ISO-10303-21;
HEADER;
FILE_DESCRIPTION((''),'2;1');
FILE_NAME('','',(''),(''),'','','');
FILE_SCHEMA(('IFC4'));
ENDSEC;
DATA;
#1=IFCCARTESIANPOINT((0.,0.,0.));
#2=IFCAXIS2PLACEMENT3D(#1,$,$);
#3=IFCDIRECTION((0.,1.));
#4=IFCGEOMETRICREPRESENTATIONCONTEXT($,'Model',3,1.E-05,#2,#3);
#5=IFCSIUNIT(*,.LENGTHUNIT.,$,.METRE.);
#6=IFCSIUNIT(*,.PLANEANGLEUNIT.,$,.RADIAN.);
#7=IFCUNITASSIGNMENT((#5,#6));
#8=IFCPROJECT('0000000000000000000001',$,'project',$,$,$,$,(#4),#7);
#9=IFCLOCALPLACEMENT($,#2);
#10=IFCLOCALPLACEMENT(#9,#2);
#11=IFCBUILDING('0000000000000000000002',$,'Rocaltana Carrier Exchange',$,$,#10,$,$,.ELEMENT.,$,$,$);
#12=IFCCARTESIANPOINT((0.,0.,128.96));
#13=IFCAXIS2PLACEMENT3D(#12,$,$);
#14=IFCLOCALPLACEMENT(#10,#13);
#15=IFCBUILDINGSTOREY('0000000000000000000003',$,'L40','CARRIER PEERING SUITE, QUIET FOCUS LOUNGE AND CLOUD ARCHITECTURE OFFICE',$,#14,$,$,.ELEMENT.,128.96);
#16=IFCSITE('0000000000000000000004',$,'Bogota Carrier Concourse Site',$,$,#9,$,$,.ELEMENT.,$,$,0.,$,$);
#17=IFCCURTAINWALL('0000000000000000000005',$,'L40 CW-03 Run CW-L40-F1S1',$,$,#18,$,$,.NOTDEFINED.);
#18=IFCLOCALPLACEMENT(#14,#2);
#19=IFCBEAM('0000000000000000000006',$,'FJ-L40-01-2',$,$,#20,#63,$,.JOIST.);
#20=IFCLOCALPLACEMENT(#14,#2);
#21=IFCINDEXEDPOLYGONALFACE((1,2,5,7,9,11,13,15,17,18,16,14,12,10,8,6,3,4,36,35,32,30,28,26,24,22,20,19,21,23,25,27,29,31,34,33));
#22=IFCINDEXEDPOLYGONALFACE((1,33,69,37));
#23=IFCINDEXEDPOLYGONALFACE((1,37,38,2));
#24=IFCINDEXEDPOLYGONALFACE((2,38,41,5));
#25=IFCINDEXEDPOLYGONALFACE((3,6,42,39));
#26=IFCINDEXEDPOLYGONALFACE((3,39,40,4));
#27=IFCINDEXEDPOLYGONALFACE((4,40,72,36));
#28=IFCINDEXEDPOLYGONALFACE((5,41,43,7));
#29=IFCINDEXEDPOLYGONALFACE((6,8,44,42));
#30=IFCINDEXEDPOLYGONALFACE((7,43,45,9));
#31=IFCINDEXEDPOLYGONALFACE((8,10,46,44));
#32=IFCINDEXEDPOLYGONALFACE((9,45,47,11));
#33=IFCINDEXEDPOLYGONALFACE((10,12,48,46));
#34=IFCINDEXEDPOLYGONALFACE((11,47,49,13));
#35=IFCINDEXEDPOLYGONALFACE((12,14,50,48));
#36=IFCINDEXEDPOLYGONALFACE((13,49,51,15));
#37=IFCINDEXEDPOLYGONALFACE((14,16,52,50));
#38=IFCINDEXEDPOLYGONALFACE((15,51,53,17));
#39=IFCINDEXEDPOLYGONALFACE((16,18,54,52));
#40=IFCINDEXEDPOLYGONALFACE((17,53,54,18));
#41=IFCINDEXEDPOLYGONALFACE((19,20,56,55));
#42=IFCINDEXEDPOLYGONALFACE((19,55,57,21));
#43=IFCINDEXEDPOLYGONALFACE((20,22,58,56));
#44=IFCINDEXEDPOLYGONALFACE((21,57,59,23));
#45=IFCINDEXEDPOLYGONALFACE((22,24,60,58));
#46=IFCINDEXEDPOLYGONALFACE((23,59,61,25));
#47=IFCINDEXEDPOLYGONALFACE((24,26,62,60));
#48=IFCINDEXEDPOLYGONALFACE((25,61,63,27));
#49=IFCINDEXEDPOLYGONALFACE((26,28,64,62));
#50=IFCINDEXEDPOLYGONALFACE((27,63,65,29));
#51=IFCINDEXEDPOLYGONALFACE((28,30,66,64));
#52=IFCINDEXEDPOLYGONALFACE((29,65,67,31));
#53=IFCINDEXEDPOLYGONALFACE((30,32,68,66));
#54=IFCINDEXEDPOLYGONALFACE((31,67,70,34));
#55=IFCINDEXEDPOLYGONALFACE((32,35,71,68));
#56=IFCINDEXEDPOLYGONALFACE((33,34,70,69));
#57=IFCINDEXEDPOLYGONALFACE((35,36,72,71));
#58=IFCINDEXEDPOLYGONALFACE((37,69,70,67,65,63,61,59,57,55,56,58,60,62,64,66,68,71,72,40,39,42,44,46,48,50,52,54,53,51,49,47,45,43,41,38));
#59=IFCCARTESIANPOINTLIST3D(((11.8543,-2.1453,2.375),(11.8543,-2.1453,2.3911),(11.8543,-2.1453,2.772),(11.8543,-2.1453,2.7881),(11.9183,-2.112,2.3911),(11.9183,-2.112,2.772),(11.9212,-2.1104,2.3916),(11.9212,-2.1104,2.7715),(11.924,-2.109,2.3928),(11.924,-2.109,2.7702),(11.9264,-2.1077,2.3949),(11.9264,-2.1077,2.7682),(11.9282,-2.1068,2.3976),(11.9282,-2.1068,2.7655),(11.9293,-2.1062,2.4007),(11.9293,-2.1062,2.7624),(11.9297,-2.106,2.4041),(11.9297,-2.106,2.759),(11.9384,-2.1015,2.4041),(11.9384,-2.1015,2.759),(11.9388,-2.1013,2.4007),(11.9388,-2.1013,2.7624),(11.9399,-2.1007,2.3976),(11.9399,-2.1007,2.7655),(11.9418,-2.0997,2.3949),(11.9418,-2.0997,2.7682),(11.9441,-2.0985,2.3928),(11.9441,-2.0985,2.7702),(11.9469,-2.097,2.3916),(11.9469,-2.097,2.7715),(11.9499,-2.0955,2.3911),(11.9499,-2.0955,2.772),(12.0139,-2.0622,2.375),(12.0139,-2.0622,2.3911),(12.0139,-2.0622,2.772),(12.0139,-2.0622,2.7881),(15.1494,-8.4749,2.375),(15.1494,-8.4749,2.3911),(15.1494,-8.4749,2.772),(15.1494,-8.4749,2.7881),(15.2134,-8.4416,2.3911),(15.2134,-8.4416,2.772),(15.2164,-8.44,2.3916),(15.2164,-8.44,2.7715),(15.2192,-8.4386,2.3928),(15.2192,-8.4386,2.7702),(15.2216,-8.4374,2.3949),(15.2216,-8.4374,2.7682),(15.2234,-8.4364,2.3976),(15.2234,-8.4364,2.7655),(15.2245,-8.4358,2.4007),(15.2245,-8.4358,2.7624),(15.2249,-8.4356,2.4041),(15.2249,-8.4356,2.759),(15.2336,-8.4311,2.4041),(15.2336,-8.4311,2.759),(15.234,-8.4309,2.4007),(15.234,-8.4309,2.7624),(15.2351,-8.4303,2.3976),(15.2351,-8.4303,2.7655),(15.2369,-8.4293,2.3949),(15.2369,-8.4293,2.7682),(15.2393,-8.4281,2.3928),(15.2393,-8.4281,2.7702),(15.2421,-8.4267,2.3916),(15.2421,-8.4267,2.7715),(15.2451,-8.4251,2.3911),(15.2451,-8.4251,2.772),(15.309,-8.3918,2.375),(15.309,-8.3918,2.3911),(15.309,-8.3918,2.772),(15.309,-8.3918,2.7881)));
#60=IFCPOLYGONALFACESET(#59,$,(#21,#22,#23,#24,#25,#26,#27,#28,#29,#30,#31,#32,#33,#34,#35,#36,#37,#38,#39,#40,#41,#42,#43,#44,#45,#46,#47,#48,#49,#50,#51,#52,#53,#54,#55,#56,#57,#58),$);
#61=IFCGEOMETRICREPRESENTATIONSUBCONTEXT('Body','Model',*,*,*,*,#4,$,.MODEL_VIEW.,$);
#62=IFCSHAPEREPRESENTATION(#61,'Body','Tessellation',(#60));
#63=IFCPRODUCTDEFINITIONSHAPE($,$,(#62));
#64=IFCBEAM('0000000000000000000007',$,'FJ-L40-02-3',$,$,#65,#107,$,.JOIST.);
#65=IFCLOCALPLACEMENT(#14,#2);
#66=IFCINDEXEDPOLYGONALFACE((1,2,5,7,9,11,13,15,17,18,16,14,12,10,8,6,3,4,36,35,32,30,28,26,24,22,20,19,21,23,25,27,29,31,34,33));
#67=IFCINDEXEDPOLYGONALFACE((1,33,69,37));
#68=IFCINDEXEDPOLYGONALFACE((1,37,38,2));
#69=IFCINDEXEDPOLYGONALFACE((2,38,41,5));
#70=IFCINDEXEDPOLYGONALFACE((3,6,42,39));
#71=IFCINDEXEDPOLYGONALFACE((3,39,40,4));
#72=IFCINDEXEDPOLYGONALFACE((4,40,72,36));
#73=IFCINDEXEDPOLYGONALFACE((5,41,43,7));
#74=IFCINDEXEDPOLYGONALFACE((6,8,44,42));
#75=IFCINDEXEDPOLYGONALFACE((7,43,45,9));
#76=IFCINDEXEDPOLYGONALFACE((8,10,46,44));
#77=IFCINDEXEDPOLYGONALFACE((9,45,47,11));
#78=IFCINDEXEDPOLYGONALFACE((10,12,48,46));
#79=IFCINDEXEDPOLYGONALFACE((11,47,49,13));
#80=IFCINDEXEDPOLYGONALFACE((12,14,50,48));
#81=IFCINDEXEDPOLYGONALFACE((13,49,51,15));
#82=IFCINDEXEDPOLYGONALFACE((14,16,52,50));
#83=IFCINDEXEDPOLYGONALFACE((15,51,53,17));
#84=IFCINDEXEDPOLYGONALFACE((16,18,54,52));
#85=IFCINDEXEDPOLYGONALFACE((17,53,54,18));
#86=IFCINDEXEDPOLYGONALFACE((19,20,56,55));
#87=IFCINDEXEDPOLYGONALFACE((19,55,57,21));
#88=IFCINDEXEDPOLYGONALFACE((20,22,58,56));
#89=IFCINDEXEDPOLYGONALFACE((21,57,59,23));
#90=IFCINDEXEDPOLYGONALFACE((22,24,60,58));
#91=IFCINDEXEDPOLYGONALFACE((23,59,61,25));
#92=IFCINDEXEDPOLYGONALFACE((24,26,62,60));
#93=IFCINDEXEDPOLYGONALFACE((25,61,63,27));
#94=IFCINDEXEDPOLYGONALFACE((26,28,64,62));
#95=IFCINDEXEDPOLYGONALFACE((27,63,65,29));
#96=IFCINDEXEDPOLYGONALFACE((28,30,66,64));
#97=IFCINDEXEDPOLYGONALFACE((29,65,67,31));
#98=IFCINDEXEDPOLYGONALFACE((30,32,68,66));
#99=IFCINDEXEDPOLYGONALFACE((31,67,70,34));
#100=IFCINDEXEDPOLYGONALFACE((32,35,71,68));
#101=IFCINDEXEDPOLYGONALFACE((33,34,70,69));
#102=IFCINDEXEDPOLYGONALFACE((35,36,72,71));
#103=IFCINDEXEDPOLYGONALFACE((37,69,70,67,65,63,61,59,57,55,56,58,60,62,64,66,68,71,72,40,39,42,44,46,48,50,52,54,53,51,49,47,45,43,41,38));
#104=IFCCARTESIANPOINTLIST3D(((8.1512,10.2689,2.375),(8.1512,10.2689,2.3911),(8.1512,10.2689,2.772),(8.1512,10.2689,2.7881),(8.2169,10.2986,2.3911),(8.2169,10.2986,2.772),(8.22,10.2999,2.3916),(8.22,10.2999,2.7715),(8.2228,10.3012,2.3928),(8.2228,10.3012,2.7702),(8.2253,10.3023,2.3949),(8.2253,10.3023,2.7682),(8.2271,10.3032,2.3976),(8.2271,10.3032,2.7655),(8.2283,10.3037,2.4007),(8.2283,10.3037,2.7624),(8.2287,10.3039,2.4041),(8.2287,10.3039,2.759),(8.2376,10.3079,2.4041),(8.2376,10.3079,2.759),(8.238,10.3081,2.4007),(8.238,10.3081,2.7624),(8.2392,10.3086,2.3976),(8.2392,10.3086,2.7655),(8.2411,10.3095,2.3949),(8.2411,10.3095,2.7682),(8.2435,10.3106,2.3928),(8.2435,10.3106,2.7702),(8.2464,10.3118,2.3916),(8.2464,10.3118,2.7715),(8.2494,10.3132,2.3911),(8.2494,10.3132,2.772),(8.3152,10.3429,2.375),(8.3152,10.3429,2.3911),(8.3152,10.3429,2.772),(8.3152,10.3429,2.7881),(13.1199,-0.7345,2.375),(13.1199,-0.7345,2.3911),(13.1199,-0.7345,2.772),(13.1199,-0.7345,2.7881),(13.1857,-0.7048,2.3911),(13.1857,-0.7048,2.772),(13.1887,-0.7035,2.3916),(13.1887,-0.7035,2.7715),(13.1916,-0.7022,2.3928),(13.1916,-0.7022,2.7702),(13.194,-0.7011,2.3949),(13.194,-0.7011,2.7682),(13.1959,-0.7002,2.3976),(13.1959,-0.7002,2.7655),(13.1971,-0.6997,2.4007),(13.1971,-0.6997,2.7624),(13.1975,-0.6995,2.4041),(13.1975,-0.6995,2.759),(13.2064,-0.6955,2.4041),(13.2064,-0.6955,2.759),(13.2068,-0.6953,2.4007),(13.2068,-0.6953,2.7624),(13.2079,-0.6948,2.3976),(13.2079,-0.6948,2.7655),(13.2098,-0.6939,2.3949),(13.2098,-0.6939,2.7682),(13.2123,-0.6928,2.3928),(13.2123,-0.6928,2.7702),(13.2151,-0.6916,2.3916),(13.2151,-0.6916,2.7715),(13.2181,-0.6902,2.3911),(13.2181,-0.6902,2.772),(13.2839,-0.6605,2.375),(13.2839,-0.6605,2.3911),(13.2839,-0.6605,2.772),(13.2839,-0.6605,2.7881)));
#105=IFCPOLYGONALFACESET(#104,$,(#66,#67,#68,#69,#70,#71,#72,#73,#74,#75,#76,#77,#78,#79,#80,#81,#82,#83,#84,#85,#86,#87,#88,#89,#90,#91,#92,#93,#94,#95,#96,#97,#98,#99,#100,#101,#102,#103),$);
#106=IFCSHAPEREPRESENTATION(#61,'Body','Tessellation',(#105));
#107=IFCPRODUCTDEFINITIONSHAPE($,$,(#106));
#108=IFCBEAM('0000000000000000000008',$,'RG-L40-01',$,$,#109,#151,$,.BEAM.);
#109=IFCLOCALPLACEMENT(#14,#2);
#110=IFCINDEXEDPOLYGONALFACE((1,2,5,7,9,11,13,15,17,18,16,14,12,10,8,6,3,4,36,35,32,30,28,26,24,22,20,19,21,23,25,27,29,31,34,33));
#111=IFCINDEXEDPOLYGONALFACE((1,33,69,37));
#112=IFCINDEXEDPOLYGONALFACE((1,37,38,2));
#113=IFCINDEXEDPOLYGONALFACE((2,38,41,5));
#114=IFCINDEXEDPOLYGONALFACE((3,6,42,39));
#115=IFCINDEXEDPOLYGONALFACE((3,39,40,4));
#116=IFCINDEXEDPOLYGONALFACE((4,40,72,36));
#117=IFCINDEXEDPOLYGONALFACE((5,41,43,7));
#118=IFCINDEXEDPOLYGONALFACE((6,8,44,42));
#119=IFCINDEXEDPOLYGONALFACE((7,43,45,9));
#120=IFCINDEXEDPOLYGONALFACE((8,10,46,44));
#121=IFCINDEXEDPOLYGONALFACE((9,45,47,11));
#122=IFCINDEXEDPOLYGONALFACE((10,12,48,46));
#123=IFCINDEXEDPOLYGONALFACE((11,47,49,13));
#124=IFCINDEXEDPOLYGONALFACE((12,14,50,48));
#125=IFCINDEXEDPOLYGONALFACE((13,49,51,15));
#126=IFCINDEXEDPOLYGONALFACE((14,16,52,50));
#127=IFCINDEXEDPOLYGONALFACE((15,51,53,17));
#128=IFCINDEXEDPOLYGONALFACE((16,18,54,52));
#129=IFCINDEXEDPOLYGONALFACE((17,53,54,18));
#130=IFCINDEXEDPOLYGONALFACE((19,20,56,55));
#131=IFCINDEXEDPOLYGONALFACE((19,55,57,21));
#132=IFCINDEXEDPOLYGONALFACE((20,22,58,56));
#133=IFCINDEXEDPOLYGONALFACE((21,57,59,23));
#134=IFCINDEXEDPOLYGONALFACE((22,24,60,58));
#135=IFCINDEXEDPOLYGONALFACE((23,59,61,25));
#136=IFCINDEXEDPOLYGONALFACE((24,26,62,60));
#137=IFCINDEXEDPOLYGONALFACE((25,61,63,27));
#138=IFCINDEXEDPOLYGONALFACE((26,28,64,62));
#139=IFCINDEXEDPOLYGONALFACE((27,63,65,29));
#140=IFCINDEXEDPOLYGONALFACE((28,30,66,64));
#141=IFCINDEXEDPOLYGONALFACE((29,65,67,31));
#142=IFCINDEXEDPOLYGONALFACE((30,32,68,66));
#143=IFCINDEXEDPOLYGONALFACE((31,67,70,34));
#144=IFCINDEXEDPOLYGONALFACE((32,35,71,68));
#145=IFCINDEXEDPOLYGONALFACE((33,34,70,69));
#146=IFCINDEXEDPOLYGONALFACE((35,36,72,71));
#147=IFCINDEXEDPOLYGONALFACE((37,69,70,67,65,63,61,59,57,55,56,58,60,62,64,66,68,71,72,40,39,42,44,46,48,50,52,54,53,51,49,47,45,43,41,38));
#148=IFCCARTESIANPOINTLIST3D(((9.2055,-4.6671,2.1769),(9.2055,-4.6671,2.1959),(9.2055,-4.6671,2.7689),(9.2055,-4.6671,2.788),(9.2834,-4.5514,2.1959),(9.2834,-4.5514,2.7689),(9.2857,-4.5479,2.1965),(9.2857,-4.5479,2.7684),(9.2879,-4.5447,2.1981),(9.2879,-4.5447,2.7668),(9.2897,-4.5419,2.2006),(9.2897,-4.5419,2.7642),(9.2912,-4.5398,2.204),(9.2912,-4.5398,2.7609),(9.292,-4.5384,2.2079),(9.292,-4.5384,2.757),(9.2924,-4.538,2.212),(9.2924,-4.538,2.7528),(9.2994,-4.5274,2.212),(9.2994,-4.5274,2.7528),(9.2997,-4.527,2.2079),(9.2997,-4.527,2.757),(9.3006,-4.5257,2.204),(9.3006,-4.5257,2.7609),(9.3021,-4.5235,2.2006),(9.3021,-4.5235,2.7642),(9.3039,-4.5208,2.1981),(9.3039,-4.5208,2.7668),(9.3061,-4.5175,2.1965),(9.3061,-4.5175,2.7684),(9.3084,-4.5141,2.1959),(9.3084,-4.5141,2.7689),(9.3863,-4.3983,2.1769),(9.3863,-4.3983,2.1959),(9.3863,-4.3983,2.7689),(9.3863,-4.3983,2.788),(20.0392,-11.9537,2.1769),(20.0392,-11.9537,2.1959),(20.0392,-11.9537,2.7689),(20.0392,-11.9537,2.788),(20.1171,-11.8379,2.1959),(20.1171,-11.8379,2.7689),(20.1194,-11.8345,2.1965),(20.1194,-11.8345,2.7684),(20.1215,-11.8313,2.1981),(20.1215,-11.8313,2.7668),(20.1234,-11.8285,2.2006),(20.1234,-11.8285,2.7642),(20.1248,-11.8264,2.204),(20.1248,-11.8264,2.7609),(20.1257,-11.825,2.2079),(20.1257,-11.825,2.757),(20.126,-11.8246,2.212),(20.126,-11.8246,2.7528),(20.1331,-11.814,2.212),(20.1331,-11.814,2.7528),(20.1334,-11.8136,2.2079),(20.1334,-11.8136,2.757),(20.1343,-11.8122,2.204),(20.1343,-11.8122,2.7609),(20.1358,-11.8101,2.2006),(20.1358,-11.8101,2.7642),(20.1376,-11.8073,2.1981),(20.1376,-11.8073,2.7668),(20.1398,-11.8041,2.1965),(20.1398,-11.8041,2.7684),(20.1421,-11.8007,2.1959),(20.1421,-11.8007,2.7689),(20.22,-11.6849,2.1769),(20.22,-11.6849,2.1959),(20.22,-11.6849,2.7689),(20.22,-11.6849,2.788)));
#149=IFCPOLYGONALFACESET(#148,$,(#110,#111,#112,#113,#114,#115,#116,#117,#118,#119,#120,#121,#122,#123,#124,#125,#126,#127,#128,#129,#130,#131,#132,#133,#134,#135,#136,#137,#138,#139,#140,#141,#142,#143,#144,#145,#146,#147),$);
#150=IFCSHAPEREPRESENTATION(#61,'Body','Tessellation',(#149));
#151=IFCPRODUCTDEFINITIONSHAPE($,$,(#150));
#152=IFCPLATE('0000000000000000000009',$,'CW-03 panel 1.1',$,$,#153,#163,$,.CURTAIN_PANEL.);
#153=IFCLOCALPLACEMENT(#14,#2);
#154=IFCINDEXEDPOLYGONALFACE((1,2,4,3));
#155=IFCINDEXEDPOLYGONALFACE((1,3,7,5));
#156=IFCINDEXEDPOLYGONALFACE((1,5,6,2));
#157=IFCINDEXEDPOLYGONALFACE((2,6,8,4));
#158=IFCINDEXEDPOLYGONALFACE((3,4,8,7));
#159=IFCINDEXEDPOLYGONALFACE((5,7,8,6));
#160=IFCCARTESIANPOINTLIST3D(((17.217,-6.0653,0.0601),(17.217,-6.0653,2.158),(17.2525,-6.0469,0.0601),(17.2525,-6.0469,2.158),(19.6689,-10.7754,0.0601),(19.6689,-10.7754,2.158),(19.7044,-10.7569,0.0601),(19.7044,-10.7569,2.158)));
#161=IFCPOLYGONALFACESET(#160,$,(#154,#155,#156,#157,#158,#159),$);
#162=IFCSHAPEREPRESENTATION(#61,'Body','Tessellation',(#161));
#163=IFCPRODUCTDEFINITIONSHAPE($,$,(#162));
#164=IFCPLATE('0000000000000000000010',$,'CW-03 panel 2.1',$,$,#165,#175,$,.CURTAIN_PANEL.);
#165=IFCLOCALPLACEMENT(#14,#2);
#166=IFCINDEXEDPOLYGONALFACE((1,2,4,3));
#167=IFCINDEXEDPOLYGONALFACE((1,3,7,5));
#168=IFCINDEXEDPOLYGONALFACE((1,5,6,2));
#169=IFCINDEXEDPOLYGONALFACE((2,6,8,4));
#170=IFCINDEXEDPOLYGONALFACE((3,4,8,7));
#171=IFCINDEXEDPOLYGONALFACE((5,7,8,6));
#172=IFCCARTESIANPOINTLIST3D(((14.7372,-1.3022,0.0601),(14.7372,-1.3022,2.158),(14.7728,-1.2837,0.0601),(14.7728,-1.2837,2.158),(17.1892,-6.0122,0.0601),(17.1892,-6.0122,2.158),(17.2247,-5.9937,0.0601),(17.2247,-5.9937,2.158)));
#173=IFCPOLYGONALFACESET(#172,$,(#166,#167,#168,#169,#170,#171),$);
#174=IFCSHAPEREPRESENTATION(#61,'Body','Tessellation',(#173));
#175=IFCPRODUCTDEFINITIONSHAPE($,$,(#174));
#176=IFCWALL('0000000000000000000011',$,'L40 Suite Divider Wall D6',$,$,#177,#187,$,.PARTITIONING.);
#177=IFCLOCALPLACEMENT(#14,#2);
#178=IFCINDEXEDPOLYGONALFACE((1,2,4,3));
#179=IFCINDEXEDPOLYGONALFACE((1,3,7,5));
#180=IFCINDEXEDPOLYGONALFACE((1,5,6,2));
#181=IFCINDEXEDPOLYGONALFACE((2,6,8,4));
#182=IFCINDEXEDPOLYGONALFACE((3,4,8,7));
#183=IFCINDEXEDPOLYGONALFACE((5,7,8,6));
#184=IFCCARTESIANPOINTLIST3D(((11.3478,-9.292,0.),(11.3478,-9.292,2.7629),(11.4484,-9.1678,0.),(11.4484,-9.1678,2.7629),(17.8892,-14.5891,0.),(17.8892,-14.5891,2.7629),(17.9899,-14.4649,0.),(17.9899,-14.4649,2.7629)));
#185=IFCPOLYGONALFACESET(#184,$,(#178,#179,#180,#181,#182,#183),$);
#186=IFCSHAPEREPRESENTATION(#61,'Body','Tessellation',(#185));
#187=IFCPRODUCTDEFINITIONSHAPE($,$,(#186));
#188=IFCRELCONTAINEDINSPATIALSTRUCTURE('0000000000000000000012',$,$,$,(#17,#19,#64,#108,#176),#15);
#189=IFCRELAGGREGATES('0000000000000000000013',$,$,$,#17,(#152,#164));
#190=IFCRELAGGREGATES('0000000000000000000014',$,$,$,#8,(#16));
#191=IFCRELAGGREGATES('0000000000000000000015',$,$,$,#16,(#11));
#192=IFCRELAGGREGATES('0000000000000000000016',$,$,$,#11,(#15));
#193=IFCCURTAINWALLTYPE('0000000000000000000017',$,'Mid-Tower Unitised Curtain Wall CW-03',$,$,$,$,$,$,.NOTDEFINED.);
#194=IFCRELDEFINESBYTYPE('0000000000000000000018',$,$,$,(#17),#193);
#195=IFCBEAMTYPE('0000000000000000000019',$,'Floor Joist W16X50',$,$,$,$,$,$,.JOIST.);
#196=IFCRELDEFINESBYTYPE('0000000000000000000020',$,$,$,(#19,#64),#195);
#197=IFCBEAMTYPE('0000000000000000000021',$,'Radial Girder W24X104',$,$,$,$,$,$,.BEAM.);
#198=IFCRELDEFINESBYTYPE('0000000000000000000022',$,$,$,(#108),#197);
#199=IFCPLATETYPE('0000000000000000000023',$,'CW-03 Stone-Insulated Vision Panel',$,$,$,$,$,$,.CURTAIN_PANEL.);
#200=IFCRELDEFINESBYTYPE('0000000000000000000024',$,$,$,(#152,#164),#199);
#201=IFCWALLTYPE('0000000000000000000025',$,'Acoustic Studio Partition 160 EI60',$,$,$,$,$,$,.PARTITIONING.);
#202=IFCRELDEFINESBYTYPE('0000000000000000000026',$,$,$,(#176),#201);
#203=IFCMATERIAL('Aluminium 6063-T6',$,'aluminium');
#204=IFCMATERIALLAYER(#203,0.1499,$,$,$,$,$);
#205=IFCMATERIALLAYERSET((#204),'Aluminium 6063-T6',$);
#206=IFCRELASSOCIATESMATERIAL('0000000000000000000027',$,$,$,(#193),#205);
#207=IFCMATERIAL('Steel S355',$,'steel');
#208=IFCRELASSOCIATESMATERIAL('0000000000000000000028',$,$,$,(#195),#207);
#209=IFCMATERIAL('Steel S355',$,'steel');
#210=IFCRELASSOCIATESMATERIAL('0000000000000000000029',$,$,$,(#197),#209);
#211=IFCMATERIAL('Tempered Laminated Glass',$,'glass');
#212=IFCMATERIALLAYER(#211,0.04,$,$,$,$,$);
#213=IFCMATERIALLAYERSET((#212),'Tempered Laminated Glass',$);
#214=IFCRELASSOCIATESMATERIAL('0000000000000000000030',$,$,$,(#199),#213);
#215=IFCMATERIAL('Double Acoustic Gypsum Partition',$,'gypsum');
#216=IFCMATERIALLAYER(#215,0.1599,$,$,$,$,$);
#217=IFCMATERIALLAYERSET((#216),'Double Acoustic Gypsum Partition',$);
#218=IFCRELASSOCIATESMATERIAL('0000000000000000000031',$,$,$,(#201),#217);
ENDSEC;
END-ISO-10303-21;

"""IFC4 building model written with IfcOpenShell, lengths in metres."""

from ifc_helpers import new_model, si_unit, direction, frame, frame_2d, origin, origin_2d, place, context, subcontext, project, spatial, rectangle, i_section, extrude, material, layer, layer_set, material_profile, profile_set, type_object, element, aggregate, save


model = new_model("IFC4")

# Units and contexts
model_context = context("Model", 3, precision=1e-05, world=origin(), true_north=direction((0.0, 1.0)))
body_context = subcontext(model_context, "Body", "Model", "MODEL_VIEW")
ifc_project = project(units=[si_unit("LENGTHUNIT", "METRE"), si_unit("PLANEANGLEUNIT", "RADIAN")], contexts=[model_context])

# Site, building, storey
site_placement = place(None, origin())
site = spatial("IfcSite", under=ifc_project, at=site_placement, Name="Bogota Carrier Concourse Site", CompositionType="ELEMENT", RefElevation=0.0)
building_placement = place(site_placement, origin())
building = spatial("IfcBuilding", under=site, at=building_placement, Name="Rocaltana Carrier Exchange", CompositionType="ELEMENT")
storey_placement = place(building_placement, frame((0.0, 0.0, 128.96)))
storey = spatial("IfcBuildingStorey", under=building, at=storey_placement, Name="L40", Description="CARRIER PEERING SUITE, QUIET FOCUS LOUNGE AND CLOUD ARCHITECTURE OFFICE", CompositionType="ELEMENT", Elevation=128.96)

# Curtain wall
ifc_material_1 = material(Name="Aluminium 6063-T6", Category="aluminium")
ifc_layer_1 = layer(ifc_material_1, 0.1499)
ifc_layer_set_1 = layer_set([ifc_layer_1], Name="Aluminium 6063-T6")
curtain_wall_type = type_object("IfcCurtainWallType", Name="Mid-Tower Unitised Curtain Wall CW-03", PredefinedType="NOTDEFINED", material=ifc_layer_set_1)
curtain_wall_placement = place(storey_placement, origin())
curtain_wall = element("IfcCurtainWall", 1, at=curtain_wall_placement, inside=storey, type_object=curtain_wall_type, Name="L40 CW-03 Run CW-L40-F1S1", PredefinedType="NOTDEFINED")

# Beams
ifc_material_2 = material(Name="Steel S355", Category="steel")
ifc_material_profile_1 = material_profile(ifc_material_2, i_section(OverallWidth=0.1799, OverallDepth=0.4131, WebThickness=0.0098, FlangeThickness=0.0161, FilletRadius=0.0129, at=origin_2d()), Name="W16X50")
ifc_profile_set_1 = profile_set([ifc_material_profile_1], Name="Steel S355")
beam_type_1 = type_object("IfcBeamType", Name="Floor Joist W16X50", PredefinedType="JOIST", material=ifc_profile_set_1)
beam_1_placement = place(storey_placement, frame((15.2292, -8.4333, 2.5815), z_axis=(-0.46177, 0.887, 0.0), x_axis=(-0.887, -0.46177, 0.0)))
element("IfcBeam", 2, at=beam_1_placement, inside=storey, type_object=beam_type_1, Name="FJ-L40-01-2", PredefinedType="JOIST", context=body_context, shape_type="SweptSolid", body=[
    extrude(i_section(OverallWidth=0.1799, OverallDepth=0.4131, WebThickness=0.0098, FlangeThickness=0.0161, FilletRadius=0.0129, at=origin_2d()), origin(), (0.0, 0.0, 1.0), 7.136),
])
beam_2_placement = place(storey_placement, frame((13.2019, -0.6975, 2.5815), z_axis=(-0.41155, 0.911387, 0.0), x_axis=(-0.911387, -0.41155, 0.0)))
element("IfcBeam", 3, at=beam_2_placement, inside=storey, type_object=beam_type_1, Name="FJ-L40-02-3", PredefinedType="JOIST", context=body_context, shape_type="SweptSolid", body=[
    extrude(i_section(OverallWidth=0.1799, OverallDepth=0.4131, WebThickness=0.0098, FlangeThickness=0.0161, FilletRadius=0.0129, at=origin_2d()), origin(), (0.0, 0.0, 1.0), 12.0732),
])
ifc_material_3 = material(Name="Steel S355", Category="steel")
ifc_material_profile_2 = material_profile(ifc_material_3, i_section(OverallWidth=0.324, OverallDepth=0.6111, WebThickness=0.0127, FlangeThickness=0.019, FilletRadius=0.0161, at=origin_2d()), Name="W24X104")
ifc_profile_set_2 = profile_set([ifc_material_profile_2], Name="Steel S355")
beam_type_2 = type_object("IfcBeamType", Name="Radial Girder W24X104", PredefinedType="BEAM", material=ifc_profile_set_2)
beam_3_placement = place(storey_placement, frame((9.2959, -4.5327, 2.4824), z_axis=(0.829776, -0.558096, 0.0), x_axis=(0.558096, 0.829776, 0.0)))
element("IfcBeam", 4, at=beam_3_placement, inside=storey, type_object=beam_type_2, Name="RG-L40-01", PredefinedType="BEAM", context=body_context, shape_type="SweptSolid", body=[
    extrude(i_section(OverallWidth=0.324, OverallDepth=0.6111, WebThickness=0.0127, FlangeThickness=0.019, FilletRadius=0.0161, at=origin_2d()), origin(), (0.0, 0.0, 1.0), 13.0562),
])

# Plates
ifc_material_4 = material(Name="Tempered Laminated Glass", Category="glass")
ifc_layer_2 = layer(ifc_material_4, 0.04)
ifc_layer_set_2 = layer_set([ifc_layer_2], Name="Tempered Laminated Glass")
plate_type = type_object("IfcPlateType", Name="CW-03 Stone-Insulated Vision Panel", PredefinedType="CURTAIN_PANEL", material=ifc_layer_set_2)
plate_1_placement = place(storey_placement, frame((18.4607, -8.4111, 0.0601), z_axis=(0.0, 0.0, 1.0), x_axis=(-0.46175, 0.88701, 0.0)))
plate_1 = element("IfcPlate", 5, at=plate_1_placement, type_object=plate_type, Name="CW-03 panel 1.1", PredefinedType="CURTAIN_PANEL", context=body_context, shape_type="SweptSolid", body=[
    extrude(rectangle(XDim=5.3101, YDim=0.04, at=origin_2d()), origin(), (0.0, 0.0, 1.0), 2.0979),
])
plate_2_placement = place(storey_placement, frame((15.981, -3.6479, 0.0601), z_axis=(0.0, 0.0, 1.0), x_axis=(-0.46175, 0.88701, 0.0)))
plate_2 = element("IfcPlate", 6, at=plate_2_placement, type_object=plate_type, Name="CW-03 panel 2.1", PredefinedType="CURTAIN_PANEL", context=body_context, shape_type="SweptSolid", body=[
    extrude(rectangle(XDim=5.3101, YDim=0.04, at=origin_2d()), origin(), (0.0, 0.0, 1.0), 2.0979),
])
aggregate(curtain_wall, [plate_1, plate_2])

# Wall
ifc_material_5 = material(Name="Double Acoustic Gypsum Partition", Category="gypsum")
ifc_layer_3 = layer(ifc_material_5, 0.1599)
ifc_layer_set_3 = layer_set([ifc_layer_3], Name="Double Acoustic Gypsum Partition")
wall_type_1 = type_object("IfcWallType", Name="Acoustic Studio Partition 160 EI60", PredefinedType="PARTITIONING", material=ifc_layer_set_3)
wall_1_placement = place(storey_placement, frame((11.3982, -9.23, 0.0), z_axis=(0.0, 0.0, 1.0), x_axis=(0.777151, -0.629314, 0.0)))
element("IfcWall", 7, at=wall_1_placement, inside=storey, type_object=wall_type_1, Name="L40 Suite Divider Wall D6", PredefinedType="PARTITIONING", context=body_context, shape_type="SweptSolid", body=[
    extrude(rectangle(XDim=8.4172, YDim=0.1599, at=frame_2d((4.2085, 0.0))), origin(), (0.0, 0.0, 1.0), 2.7629),
])

save(model, "model.ifc")
